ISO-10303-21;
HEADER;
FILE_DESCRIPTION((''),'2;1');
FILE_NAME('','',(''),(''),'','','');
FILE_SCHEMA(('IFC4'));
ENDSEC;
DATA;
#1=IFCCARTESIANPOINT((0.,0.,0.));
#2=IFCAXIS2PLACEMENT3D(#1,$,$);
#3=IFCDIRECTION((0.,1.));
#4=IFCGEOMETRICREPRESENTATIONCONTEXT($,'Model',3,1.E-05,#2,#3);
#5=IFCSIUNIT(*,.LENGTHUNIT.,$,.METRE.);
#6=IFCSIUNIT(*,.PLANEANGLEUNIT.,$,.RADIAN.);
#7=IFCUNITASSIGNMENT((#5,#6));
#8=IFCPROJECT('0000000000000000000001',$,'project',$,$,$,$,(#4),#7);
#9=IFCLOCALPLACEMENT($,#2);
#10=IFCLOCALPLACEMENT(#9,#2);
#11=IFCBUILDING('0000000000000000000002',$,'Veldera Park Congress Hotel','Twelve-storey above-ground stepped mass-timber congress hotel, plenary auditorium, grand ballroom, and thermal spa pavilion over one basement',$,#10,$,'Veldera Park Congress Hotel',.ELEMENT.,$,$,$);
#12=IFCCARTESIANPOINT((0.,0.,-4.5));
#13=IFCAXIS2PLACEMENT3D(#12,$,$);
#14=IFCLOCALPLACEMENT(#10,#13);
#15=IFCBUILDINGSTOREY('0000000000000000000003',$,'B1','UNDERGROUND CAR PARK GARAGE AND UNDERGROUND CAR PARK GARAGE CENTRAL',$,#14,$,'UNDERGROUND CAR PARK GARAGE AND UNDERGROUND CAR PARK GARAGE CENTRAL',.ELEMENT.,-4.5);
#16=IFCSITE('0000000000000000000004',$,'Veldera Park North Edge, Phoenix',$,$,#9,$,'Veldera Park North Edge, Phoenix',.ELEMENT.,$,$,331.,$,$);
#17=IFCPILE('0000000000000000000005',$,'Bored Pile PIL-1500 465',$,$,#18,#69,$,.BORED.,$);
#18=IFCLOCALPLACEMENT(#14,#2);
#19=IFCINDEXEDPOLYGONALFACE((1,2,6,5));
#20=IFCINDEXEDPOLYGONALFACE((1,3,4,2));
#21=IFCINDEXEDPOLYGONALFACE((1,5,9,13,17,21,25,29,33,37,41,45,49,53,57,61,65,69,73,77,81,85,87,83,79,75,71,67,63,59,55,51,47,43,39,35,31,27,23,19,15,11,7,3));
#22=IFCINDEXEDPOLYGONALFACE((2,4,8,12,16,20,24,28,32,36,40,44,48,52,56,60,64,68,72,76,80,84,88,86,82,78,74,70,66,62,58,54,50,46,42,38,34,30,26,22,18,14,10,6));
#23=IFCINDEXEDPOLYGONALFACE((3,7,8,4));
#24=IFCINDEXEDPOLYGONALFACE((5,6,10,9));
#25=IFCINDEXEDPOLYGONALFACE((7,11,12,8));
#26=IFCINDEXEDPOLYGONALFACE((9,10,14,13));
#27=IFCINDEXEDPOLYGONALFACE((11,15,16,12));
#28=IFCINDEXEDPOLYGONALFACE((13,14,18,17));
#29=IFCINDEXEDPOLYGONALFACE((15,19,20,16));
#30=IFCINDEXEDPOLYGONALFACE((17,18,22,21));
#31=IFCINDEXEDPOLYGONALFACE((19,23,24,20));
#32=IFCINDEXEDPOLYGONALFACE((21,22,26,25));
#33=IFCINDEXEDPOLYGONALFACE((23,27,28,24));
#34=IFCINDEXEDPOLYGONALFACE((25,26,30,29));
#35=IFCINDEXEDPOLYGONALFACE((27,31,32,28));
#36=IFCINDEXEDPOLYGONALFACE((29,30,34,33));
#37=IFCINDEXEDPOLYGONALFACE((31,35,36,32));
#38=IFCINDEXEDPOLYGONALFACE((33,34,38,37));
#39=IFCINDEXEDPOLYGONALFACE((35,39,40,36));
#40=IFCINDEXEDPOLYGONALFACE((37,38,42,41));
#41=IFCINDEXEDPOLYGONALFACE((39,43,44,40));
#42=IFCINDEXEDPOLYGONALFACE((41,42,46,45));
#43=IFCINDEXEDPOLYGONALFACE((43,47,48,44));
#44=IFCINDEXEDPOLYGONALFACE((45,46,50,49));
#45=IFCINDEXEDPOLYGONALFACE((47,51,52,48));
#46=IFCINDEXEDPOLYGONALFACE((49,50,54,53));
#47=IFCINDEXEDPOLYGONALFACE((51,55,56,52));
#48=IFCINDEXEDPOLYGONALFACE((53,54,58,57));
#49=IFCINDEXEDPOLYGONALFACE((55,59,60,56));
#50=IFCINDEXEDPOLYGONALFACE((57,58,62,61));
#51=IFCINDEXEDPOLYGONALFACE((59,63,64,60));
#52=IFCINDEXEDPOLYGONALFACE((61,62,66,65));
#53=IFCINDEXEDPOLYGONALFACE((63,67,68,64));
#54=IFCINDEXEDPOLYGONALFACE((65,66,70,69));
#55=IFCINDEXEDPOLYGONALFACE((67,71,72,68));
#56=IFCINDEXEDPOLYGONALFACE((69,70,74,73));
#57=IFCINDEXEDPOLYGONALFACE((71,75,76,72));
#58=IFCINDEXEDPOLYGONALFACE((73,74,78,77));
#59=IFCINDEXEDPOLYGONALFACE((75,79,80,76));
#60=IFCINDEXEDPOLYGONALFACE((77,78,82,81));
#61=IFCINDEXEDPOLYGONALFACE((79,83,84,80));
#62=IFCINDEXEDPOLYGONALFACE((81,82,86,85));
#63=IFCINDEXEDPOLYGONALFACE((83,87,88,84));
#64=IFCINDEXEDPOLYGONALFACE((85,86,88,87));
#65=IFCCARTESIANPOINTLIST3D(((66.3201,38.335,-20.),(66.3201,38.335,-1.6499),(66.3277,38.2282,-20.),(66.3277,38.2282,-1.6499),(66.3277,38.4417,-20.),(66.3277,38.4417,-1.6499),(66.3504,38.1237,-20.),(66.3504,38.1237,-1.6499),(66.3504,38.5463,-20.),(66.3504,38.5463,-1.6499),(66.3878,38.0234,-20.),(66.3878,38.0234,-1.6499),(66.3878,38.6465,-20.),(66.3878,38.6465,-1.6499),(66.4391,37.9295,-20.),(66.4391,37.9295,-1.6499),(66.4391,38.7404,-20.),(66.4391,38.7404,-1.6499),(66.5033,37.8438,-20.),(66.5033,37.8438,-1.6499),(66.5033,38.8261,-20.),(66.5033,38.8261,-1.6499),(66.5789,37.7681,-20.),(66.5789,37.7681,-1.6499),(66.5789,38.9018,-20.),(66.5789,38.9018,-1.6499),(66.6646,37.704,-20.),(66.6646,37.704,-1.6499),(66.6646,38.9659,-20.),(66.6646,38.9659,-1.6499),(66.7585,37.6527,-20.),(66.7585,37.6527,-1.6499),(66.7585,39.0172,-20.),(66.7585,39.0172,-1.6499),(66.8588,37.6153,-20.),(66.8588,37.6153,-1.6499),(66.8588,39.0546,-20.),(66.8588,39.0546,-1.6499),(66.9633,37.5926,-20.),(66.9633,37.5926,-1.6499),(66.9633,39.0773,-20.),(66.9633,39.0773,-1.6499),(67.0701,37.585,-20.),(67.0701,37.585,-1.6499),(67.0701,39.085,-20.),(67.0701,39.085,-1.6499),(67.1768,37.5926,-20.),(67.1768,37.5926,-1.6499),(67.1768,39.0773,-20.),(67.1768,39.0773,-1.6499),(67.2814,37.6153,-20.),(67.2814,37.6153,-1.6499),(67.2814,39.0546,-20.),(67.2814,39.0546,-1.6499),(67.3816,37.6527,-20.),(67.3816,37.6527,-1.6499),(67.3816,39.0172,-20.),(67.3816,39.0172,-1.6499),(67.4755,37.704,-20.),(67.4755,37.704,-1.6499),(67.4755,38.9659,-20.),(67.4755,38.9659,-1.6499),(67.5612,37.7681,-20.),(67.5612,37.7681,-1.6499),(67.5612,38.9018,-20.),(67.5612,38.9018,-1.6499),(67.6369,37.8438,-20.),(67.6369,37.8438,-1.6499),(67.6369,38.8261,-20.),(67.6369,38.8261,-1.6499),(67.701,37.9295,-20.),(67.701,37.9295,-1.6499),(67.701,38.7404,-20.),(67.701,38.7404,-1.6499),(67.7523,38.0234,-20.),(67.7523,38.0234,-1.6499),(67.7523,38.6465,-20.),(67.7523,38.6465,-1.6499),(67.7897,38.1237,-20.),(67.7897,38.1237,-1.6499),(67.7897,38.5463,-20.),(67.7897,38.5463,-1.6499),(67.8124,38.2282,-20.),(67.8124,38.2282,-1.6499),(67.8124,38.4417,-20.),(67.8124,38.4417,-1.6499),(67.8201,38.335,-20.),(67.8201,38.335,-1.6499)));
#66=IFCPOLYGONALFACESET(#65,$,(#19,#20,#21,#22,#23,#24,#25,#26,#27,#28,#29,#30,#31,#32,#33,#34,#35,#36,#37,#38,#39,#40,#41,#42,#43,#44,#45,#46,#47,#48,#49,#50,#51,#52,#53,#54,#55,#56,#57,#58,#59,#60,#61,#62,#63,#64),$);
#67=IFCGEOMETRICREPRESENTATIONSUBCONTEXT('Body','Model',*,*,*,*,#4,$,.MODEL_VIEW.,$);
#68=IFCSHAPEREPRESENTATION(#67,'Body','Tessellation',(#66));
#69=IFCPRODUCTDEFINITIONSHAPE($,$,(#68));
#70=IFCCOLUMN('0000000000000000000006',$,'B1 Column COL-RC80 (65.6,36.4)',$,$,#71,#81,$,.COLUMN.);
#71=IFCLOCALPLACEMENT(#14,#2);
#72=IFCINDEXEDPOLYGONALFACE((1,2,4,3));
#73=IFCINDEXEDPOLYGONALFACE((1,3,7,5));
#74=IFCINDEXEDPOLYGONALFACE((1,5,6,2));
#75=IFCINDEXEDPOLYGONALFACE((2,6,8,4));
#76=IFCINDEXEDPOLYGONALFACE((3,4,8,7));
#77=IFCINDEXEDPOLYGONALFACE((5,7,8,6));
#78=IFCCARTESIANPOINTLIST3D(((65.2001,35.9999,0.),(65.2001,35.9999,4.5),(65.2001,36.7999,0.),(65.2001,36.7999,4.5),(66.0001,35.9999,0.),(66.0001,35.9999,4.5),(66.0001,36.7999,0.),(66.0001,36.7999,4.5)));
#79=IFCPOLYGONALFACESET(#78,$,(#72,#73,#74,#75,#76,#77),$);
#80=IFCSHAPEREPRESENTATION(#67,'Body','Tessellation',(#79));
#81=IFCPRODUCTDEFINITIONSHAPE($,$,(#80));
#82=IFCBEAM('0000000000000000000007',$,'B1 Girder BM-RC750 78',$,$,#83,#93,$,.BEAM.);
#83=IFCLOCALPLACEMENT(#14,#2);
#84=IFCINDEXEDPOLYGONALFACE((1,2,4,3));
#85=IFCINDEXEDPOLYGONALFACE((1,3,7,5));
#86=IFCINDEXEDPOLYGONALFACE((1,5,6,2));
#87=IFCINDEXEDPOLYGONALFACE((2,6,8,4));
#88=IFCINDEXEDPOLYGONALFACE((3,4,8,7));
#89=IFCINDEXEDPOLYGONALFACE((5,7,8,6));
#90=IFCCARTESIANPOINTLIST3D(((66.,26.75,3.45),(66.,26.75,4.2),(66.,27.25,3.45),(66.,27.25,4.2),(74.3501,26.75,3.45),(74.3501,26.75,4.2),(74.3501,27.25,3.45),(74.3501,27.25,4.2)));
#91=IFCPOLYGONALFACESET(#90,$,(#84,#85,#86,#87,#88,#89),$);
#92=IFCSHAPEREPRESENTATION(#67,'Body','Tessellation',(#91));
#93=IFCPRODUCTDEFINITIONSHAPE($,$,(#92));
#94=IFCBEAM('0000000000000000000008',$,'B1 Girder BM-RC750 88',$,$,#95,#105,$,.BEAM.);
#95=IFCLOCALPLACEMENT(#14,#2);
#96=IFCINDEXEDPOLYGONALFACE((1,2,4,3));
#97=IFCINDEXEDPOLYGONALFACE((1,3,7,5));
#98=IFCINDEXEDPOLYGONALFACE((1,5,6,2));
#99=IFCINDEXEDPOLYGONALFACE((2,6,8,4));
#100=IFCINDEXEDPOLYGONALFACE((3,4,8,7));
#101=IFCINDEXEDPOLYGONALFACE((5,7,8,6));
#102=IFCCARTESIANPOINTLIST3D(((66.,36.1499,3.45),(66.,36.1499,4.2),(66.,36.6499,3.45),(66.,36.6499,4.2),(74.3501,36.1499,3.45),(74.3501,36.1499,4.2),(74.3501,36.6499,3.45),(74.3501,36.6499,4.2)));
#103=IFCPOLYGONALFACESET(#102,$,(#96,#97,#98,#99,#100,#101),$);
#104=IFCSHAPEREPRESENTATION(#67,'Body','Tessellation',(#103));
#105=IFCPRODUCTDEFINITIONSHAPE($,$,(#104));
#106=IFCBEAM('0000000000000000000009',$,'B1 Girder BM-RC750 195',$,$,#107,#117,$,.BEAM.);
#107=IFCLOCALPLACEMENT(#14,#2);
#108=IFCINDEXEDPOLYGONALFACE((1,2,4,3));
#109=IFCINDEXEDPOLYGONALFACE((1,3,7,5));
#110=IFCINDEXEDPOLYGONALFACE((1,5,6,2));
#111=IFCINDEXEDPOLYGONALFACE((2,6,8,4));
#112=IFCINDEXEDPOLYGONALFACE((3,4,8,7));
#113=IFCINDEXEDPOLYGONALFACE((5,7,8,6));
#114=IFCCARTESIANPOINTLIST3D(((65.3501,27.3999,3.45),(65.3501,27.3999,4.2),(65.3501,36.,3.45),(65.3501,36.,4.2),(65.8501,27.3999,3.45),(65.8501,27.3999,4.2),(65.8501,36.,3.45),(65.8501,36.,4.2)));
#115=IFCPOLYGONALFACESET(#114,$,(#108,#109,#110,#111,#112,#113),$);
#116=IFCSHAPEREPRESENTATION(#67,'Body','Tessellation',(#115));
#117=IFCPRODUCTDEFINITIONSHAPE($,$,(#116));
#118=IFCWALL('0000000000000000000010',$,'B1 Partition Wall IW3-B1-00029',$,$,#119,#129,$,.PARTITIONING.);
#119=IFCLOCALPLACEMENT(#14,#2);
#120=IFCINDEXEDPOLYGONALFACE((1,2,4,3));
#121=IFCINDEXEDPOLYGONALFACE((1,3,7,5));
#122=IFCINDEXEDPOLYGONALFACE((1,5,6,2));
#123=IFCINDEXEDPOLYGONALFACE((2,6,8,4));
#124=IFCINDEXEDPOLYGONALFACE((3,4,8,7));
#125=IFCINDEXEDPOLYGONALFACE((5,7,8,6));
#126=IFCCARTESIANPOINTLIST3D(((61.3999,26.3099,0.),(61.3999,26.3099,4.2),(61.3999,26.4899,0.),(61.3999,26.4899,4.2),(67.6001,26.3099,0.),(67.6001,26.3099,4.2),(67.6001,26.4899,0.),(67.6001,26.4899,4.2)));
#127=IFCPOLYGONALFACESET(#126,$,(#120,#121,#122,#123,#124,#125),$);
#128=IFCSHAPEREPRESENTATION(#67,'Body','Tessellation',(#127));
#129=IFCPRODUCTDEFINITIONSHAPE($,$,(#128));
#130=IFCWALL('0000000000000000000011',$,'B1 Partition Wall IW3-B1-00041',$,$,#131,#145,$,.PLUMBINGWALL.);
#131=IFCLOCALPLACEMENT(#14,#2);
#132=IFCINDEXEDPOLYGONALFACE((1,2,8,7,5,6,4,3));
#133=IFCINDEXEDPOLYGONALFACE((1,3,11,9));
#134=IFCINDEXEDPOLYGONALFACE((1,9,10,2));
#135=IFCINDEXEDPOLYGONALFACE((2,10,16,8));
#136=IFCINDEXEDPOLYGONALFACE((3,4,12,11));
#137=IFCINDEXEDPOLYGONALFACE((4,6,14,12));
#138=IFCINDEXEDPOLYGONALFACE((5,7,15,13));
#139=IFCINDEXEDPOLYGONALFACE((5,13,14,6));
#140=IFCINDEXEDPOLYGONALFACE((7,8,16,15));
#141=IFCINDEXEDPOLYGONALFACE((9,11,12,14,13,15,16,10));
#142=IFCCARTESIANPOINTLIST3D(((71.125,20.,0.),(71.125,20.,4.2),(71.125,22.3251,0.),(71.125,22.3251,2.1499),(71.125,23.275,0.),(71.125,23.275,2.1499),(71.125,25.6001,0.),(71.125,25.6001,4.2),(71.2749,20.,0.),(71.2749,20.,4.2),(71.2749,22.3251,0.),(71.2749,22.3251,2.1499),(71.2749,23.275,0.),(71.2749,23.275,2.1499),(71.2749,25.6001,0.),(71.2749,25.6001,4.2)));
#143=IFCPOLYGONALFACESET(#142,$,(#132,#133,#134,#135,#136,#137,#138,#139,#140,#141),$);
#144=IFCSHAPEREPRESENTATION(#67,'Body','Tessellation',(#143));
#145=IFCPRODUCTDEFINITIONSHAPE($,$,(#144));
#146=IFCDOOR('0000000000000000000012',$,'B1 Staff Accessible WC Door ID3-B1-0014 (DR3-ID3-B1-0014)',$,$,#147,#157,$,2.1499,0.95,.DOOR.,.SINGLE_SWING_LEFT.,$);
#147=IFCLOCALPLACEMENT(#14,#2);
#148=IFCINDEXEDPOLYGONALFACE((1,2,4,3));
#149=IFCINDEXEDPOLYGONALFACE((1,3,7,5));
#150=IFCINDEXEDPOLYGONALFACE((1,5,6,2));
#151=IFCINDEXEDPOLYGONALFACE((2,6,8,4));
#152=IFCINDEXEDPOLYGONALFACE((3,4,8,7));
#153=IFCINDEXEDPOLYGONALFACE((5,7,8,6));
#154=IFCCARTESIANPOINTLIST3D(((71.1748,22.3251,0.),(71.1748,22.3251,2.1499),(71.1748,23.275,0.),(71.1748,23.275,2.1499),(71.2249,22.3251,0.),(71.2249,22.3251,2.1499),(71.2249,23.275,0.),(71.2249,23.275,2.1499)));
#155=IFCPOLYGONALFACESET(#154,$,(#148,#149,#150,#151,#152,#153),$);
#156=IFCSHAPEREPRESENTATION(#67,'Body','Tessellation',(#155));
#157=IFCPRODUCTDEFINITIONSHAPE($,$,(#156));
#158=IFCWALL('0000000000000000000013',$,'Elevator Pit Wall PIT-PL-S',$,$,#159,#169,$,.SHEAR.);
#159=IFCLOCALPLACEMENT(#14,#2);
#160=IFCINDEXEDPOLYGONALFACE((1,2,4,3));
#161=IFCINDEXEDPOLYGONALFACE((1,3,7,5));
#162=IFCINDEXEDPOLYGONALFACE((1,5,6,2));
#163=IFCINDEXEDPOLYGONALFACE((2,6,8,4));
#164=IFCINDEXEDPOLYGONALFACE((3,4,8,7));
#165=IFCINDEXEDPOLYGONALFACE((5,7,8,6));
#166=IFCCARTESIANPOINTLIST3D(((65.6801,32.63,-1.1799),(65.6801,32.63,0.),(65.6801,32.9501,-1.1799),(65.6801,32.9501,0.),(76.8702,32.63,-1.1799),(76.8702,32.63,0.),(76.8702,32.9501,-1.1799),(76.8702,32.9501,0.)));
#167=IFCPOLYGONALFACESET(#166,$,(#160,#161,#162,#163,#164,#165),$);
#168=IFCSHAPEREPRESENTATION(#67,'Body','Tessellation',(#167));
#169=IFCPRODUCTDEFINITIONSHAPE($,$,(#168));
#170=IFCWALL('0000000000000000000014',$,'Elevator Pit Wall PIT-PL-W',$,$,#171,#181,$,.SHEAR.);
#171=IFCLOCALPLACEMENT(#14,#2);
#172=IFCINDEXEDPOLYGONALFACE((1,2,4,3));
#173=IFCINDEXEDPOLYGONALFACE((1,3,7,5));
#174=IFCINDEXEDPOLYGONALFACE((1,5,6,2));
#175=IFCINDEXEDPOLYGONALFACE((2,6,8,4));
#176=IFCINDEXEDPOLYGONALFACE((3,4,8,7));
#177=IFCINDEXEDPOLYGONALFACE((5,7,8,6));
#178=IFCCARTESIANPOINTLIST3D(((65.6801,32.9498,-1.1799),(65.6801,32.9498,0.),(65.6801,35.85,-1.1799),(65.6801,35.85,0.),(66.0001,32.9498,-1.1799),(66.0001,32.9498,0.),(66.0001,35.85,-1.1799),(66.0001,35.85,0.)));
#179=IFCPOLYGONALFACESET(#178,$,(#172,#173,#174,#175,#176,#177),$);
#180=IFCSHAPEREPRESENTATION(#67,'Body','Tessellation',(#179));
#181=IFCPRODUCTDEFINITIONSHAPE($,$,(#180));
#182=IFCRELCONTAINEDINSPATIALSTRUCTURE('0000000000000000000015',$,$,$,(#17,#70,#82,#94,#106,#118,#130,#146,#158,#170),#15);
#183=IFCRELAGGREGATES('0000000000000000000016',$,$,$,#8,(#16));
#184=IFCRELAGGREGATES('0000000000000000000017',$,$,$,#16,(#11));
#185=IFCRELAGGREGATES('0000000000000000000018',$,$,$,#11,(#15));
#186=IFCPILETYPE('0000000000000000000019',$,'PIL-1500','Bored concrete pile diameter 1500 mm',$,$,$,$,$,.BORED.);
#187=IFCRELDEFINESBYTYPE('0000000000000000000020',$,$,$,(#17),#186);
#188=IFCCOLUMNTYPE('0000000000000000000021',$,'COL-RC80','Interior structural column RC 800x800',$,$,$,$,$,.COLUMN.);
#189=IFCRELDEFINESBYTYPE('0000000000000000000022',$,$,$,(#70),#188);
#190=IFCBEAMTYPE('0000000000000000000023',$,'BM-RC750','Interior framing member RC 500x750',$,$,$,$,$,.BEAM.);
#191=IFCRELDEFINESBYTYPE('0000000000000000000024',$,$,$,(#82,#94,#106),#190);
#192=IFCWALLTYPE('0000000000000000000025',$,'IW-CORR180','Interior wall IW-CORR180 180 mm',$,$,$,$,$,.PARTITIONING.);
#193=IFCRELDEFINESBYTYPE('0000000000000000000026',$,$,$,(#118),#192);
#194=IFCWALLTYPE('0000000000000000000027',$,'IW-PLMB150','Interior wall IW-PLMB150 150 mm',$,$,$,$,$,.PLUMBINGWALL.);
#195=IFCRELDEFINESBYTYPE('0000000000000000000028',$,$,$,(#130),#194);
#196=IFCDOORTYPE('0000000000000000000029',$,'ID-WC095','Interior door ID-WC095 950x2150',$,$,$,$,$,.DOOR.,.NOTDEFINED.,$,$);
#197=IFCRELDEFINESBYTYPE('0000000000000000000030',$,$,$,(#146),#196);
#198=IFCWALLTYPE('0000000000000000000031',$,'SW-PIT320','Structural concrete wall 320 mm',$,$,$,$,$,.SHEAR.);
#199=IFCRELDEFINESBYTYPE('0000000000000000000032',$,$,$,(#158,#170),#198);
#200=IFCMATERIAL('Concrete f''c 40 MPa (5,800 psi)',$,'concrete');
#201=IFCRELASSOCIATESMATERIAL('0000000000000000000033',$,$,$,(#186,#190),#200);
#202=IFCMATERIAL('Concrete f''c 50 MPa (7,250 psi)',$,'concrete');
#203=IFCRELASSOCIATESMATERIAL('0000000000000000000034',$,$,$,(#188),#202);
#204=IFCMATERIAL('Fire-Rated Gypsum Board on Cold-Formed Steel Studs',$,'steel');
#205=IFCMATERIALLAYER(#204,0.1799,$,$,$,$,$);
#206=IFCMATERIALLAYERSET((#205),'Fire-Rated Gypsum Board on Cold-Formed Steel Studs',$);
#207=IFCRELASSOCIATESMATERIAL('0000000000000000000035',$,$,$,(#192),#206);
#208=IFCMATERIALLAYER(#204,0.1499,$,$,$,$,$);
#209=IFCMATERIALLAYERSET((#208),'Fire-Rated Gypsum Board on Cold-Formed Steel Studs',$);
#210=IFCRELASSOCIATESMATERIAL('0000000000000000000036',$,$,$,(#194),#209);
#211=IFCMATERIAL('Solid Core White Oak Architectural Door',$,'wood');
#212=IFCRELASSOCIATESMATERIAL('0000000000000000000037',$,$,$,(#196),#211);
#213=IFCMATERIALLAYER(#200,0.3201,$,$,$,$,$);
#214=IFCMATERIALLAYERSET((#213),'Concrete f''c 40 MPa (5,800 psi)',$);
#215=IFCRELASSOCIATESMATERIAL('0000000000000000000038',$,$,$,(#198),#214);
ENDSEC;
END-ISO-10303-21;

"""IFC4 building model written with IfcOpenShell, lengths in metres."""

from ifc_helpers import new_model, si_unit, direction, frame, frame_2d, origin, origin_2d, place, context, subcontext, project, spatial, rectangle, circle, extrude, material, layer, layer_set, material_profile, profile_set, type_object, element, fill, save


model = new_model("IFC4")

# Units and contexts
model_context = context("Model", 3, precision=1e-05, world=origin(), true_north=direction((0.0, 1.0)))
body_context = subcontext(model_context, "Body", "Model", "MODEL_VIEW")
ifc_project = project(units=[si_unit("LENGTHUNIT", "METRE"), si_unit("PLANEANGLEUNIT", "RADIAN")], contexts=[model_context])

# Site, building, storey
site_placement = place(None, origin())
site = spatial("IfcSite", under=ifc_project, at=site_placement, Name="Veldera Park North Edge, Phoenix", LongName="Veldera Park North Edge, Phoenix", CompositionType="ELEMENT", RefElevation=331.0)
building_placement = place(site_placement, origin())
building = spatial("IfcBuilding", under=site, at=building_placement, Name="Veldera Park Congress Hotel", Description="Twelve-storey above-ground stepped mass-timber congress hotel, plenary auditorium, grand ballroom, and thermal spa pavilion over one basement", LongName="Veldera Park Congress Hotel", CompositionType="ELEMENT")
storey_placement = place(building_placement, frame((0.0, 0.0, -4.5)))
storey = spatial("IfcBuildingStorey", under=building, at=storey_placement, Name="B1", Description="UNDERGROUND CAR PARK GARAGE AND UNDERGROUND CAR PARK GARAGE CENTRAL", LongName="UNDERGROUND CAR PARK GARAGE AND UNDERGROUND CAR PARK GARAGE CENTRAL", CompositionType="ELEMENT", Elevation=-4.5)

# Shared definitions
ifc_material_1 = material(Name="Concrete f'c 40 MPa (5,800 psi)", Category="concrete")

# Pile
ifc_material_profile_1 = material_profile(ifc_material_1, circle(Radius=0.75, at=origin_2d()), Name="PILE D1500")
ifc_profile_set_1 = profile_set([ifc_material_profile_1], Name="Concrete f'c 40 MPa (5,800 psi)")
pile_type = type_object("IfcPileType", Name="PIL-1500", Description="Bored concrete pile diameter 1500 mm", PredefinedType="BORED", material=ifc_profile_set_1)
for number, where, z_axis, x_axis, name in (
    (1, (67.0701, 38.335, -1.6499), (0.0, 0.0, -1.0), (1.0, 0.0, 0.0), "Bored Pile PIL-1500 465"),
):
    element("IfcPile", number, at=place(storey_placement, frame(where, z_axis=z_axis, x_axis=x_axis)), inside=storey, type_object=pile_type, Name=name, PredefinedType="BORED", context=body_context, shape_type="SweptSolid", body=[
        extrude(circle(Radius=0.75, at=origin_2d()), origin(), (0.0, 0.0, 1.0), 18.3501),
    ])

# Column
ifc_material_2 = material(Name="Concrete f'c 50 MPa (7,250 psi)", Category="concrete")
ifc_material_profile_2 = material_profile(ifc_material_2, rectangle(XDim=0.8, YDim=0.8, at=origin_2d()), Name="RC 800x800")
ifc_profile_set_2 = profile_set([ifc_material_profile_2], Name="Concrete f'c 50 MPa (7,250 psi)")
column_type = type_object("IfcColumnType", Name="COL-RC80", Description="Interior structural column RC 800x800", PredefinedType="COLUMN", material=ifc_profile_set_2)
column_placement = place(storey_placement, frame((65.6001, 36.3999, 0.0), z_axis=(0.0, 0.0, 1.0), x_axis=(1.0, 0.0, 0.0)))
element("IfcColumn", 2, at=column_placement, inside=storey, type_object=column_type, Name="B1 Column COL-RC80 (65.6,36.4)", PredefinedType="COLUMN", context=body_context, shape_type="SweptSolid", body=[
    extrude(rectangle(XDim=0.8, YDim=0.8, at=origin_2d()), origin(), (0.0, 0.0, 1.0), 4.5),
])

# Beams
ifc_material_profile_3 = material_profile(ifc_material_1, rectangle(XDim=0.5, YDim=0.75, at=origin_2d()), Name="RC 500x750")
ifc_profile_set_3 = profile_set([ifc_material_profile_3], Name="Concrete f'c 40 MPa (5,800 psi)")
beam_type = type_object("IfcBeamType", Name="BM-RC750", Description="Interior framing member RC 500x750", PredefinedType="BEAM", material=ifc_profile_set_3)
for number, where, z_axis, x_axis, name in (
    (3, (66.0, 27.0, 3.825), (1.0, 0.0, 0.0), (0.0, 1.0, 0.0), "B1 Girder BM-RC750 78"),
    (4, (66.0, 36.3999, 3.825), (1.0, 0.0, 0.0), (0.0, 1.0, 0.0), "B1 Girder BM-RC750 88"),
):
    element("IfcBeam", number, at=place(storey_placement, frame(where, z_axis=z_axis, x_axis=x_axis)), inside=storey, type_object=beam_type, Name=name, PredefinedType="BEAM", context=body_context, shape_type="SweptSolid", body=[
        extrude(rectangle(XDim=0.5, YDim=0.75, at=origin_2d()), origin(), (0.0, 0.0, 1.0), 8.3501),
    ])
beam_placement = place(storey_placement, frame((65.6001, 27.3999, 3.825), z_axis=(0.0, 1.0, 0.0), x_axis=(-1.0, 0.0, 0.0)))
element("IfcBeam", 5, at=beam_placement, inside=storey, type_object=beam_type, Name="B1 Girder BM-RC750 195", PredefinedType="BEAM", context=body_context, shape_type="SweptSolid", body=[
    extrude(rectangle(XDim=0.5, YDim=0.75, at=origin_2d()), origin(), (0.0, 0.0, 1.0), 8.6001),
])

# Wall
ifc_material_3 = material(Name="Fire-Rated Gypsum Board on Cold-Formed Steel Studs", Category="steel")
ifc_layer_1 = layer(ifc_material_3, 0.1799)
ifc_layer_set_1 = layer_set([ifc_layer_1], Name="Fire-Rated Gypsum Board on Cold-Formed Steel Studs")
wall_type_1 = type_object("IfcWallType", Name="IW-CORR180", Description="Interior wall IW-CORR180 180 mm", PredefinedType="PARTITIONING", material=ifc_layer_set_1)
wall_1_placement = place(storey_placement, frame((67.6001, 26.3999, 0.0), z_axis=(0.0, 0.0, 1.0), x_axis=(-1.0, 0.0, 0.0)))
element("IfcWall", 6, at=wall_1_placement, inside=storey, type_object=wall_type_1, Name="B1 Partition Wall IW3-B1-00029", PredefinedType="PARTITIONING", context=body_context, shape_type="SweptSolid", body=[
    extrude(rectangle(XDim=6.2002, YDim=0.1799, at=frame_2d((3.1001, 0.0))), origin(), (0.0, 0.0, 1.0), 4.2),
])

# Wall, opening, door
ifc_layer_2 = layer(ifc_material_3, 0.1499)
ifc_layer_set_2 = layer_set([ifc_layer_2], Name="Fire-Rated Gypsum Board on Cold-Formed Steel Studs")
wall_type_2 = type_object("IfcWallType", Name="IW-PLMB150", Description="Interior wall IW-PLMB150 150 mm", PredefinedType="PLUMBINGWALL", material=ifc_layer_set_2)
wall_2_placement = place(storey_placement, frame((71.2, 25.6001, 0.0), z_axis=(0.0, 0.0, 1.0), x_axis=(0.0, -1.0, 0.0)))
wall_2 = element("IfcWall", 7, at=wall_2_placement, inside=storey, type_object=wall_type_2, Name="B1 Partition Wall IW3-B1-00041", PredefinedType="PLUMBINGWALL", context=body_context, shape_type="SweptSolid", body=[
    extrude(rectangle(XDim=5.6001, YDim=0.1499, at=frame_2d((2.8, 0.0))), origin(), (0.0, 0.0, 1.0), 4.2),
])
opening_1_placement = place(wall_2_placement, frame((2.325, 0.0, 0.0)))
opening_1 = element("IfcOpeningElement", 8, at=opening_1_placement, cuts=wall_2, PredefinedType="OPENING", context=body_context, shape_type="SweptSolid", body=[
    extrude(rectangle(XDim=0.95, YDim=2.1499, at=frame_2d((0.4751, 1.075))), frame((0.0, 0.0869, 0.0), z_axis=(0.0, -1.0, 0.0), x_axis=(1.0, 0.0, 0.0)), (0.0, 0.0, 1.0), 0.1738),
])
ifc_material_4 = material(Name="Solid Core White Oak Architectural Door", Category="wood")
door_type_1 = type_object("IfcDoorType", Name="ID-WC095", Description="Interior door ID-WC095 950x2150", OperationType="NOTDEFINED", PredefinedType="DOOR", material=ifc_material_4)
door_1_placement = place(opening_1_placement, origin())
door_1 = element("IfcDoor", 9, at=door_1_placement, inside=storey, type_object=door_type_1, Name="B1 Staff Accessible WC Door ID3-B1-0014 (DR3-ID3-B1-0014)", OperationType="SINGLE_SWING_LEFT", OverallHeight=2.1499, OverallWidth=0.95, PredefinedType="DOOR", context=body_context, shape_type="SweptSolid", body=[
    extrude(rectangle(XDim=0.95, YDim=2.1499, at=frame_2d((0.4751, 1.075))), frame((0.0, 0.0249, 0.0), z_axis=(0.0, -1.0, 0.0), x_axis=(1.0, 0.0, 0.0)), (0.0, 0.0, 1.0), 0.05),
])
fill(opening_1, door_1)

# Walls
ifc_layer_3 = layer(ifc_material_1, 0.3201)
ifc_layer_set_3 = layer_set([ifc_layer_3], Name="Concrete f'c 40 MPa (5,800 psi)")
wall_type_3 = type_object("IfcWallType", Name="SW-PIT320", Description="Structural concrete wall 320 mm", PredefinedType="SHEAR", material=ifc_layer_set_3)
wall_3_placement = place(storey_placement, frame((65.6799, 32.79, -1.1799), z_axis=(0.0, 0.0, 1.0), x_axis=(1.0, 0.0, 0.0)))
element("IfcWall", 10, at=wall_3_placement, inside=storey, type_object=wall_type_3, Name="Elevator Pit Wall PIT-PL-S", PredefinedType="SHEAR", context=body_context, shape_type="SweptSolid", body=[
    extrude(rectangle(XDim=11.1902, YDim=0.3201, at=frame_2d((5.5952, 0.0))), origin(), (0.0, 0.0, 1.0), 1.1799),
])
wall_4_placement = place(storey_placement, frame((65.8401, 35.8501, -1.1799), z_axis=(0.0, 0.0, 1.0), x_axis=(0.0, -1.0, 0.0)))
element("IfcWall", 11, at=wall_4_placement, inside=storey, type_object=wall_type_3, Name="Elevator Pit Wall PIT-PL-W", PredefinedType="SHEAR", context=body_context, shape_type="SweptSolid", body=[
    extrude(rectangle(XDim=2.9001, YDim=0.3201, at=frame_2d((1.4502, 0.0))), origin(), (0.0, 0.0, 1.0), 1.1799),
])

save(model, "model.ifc")
